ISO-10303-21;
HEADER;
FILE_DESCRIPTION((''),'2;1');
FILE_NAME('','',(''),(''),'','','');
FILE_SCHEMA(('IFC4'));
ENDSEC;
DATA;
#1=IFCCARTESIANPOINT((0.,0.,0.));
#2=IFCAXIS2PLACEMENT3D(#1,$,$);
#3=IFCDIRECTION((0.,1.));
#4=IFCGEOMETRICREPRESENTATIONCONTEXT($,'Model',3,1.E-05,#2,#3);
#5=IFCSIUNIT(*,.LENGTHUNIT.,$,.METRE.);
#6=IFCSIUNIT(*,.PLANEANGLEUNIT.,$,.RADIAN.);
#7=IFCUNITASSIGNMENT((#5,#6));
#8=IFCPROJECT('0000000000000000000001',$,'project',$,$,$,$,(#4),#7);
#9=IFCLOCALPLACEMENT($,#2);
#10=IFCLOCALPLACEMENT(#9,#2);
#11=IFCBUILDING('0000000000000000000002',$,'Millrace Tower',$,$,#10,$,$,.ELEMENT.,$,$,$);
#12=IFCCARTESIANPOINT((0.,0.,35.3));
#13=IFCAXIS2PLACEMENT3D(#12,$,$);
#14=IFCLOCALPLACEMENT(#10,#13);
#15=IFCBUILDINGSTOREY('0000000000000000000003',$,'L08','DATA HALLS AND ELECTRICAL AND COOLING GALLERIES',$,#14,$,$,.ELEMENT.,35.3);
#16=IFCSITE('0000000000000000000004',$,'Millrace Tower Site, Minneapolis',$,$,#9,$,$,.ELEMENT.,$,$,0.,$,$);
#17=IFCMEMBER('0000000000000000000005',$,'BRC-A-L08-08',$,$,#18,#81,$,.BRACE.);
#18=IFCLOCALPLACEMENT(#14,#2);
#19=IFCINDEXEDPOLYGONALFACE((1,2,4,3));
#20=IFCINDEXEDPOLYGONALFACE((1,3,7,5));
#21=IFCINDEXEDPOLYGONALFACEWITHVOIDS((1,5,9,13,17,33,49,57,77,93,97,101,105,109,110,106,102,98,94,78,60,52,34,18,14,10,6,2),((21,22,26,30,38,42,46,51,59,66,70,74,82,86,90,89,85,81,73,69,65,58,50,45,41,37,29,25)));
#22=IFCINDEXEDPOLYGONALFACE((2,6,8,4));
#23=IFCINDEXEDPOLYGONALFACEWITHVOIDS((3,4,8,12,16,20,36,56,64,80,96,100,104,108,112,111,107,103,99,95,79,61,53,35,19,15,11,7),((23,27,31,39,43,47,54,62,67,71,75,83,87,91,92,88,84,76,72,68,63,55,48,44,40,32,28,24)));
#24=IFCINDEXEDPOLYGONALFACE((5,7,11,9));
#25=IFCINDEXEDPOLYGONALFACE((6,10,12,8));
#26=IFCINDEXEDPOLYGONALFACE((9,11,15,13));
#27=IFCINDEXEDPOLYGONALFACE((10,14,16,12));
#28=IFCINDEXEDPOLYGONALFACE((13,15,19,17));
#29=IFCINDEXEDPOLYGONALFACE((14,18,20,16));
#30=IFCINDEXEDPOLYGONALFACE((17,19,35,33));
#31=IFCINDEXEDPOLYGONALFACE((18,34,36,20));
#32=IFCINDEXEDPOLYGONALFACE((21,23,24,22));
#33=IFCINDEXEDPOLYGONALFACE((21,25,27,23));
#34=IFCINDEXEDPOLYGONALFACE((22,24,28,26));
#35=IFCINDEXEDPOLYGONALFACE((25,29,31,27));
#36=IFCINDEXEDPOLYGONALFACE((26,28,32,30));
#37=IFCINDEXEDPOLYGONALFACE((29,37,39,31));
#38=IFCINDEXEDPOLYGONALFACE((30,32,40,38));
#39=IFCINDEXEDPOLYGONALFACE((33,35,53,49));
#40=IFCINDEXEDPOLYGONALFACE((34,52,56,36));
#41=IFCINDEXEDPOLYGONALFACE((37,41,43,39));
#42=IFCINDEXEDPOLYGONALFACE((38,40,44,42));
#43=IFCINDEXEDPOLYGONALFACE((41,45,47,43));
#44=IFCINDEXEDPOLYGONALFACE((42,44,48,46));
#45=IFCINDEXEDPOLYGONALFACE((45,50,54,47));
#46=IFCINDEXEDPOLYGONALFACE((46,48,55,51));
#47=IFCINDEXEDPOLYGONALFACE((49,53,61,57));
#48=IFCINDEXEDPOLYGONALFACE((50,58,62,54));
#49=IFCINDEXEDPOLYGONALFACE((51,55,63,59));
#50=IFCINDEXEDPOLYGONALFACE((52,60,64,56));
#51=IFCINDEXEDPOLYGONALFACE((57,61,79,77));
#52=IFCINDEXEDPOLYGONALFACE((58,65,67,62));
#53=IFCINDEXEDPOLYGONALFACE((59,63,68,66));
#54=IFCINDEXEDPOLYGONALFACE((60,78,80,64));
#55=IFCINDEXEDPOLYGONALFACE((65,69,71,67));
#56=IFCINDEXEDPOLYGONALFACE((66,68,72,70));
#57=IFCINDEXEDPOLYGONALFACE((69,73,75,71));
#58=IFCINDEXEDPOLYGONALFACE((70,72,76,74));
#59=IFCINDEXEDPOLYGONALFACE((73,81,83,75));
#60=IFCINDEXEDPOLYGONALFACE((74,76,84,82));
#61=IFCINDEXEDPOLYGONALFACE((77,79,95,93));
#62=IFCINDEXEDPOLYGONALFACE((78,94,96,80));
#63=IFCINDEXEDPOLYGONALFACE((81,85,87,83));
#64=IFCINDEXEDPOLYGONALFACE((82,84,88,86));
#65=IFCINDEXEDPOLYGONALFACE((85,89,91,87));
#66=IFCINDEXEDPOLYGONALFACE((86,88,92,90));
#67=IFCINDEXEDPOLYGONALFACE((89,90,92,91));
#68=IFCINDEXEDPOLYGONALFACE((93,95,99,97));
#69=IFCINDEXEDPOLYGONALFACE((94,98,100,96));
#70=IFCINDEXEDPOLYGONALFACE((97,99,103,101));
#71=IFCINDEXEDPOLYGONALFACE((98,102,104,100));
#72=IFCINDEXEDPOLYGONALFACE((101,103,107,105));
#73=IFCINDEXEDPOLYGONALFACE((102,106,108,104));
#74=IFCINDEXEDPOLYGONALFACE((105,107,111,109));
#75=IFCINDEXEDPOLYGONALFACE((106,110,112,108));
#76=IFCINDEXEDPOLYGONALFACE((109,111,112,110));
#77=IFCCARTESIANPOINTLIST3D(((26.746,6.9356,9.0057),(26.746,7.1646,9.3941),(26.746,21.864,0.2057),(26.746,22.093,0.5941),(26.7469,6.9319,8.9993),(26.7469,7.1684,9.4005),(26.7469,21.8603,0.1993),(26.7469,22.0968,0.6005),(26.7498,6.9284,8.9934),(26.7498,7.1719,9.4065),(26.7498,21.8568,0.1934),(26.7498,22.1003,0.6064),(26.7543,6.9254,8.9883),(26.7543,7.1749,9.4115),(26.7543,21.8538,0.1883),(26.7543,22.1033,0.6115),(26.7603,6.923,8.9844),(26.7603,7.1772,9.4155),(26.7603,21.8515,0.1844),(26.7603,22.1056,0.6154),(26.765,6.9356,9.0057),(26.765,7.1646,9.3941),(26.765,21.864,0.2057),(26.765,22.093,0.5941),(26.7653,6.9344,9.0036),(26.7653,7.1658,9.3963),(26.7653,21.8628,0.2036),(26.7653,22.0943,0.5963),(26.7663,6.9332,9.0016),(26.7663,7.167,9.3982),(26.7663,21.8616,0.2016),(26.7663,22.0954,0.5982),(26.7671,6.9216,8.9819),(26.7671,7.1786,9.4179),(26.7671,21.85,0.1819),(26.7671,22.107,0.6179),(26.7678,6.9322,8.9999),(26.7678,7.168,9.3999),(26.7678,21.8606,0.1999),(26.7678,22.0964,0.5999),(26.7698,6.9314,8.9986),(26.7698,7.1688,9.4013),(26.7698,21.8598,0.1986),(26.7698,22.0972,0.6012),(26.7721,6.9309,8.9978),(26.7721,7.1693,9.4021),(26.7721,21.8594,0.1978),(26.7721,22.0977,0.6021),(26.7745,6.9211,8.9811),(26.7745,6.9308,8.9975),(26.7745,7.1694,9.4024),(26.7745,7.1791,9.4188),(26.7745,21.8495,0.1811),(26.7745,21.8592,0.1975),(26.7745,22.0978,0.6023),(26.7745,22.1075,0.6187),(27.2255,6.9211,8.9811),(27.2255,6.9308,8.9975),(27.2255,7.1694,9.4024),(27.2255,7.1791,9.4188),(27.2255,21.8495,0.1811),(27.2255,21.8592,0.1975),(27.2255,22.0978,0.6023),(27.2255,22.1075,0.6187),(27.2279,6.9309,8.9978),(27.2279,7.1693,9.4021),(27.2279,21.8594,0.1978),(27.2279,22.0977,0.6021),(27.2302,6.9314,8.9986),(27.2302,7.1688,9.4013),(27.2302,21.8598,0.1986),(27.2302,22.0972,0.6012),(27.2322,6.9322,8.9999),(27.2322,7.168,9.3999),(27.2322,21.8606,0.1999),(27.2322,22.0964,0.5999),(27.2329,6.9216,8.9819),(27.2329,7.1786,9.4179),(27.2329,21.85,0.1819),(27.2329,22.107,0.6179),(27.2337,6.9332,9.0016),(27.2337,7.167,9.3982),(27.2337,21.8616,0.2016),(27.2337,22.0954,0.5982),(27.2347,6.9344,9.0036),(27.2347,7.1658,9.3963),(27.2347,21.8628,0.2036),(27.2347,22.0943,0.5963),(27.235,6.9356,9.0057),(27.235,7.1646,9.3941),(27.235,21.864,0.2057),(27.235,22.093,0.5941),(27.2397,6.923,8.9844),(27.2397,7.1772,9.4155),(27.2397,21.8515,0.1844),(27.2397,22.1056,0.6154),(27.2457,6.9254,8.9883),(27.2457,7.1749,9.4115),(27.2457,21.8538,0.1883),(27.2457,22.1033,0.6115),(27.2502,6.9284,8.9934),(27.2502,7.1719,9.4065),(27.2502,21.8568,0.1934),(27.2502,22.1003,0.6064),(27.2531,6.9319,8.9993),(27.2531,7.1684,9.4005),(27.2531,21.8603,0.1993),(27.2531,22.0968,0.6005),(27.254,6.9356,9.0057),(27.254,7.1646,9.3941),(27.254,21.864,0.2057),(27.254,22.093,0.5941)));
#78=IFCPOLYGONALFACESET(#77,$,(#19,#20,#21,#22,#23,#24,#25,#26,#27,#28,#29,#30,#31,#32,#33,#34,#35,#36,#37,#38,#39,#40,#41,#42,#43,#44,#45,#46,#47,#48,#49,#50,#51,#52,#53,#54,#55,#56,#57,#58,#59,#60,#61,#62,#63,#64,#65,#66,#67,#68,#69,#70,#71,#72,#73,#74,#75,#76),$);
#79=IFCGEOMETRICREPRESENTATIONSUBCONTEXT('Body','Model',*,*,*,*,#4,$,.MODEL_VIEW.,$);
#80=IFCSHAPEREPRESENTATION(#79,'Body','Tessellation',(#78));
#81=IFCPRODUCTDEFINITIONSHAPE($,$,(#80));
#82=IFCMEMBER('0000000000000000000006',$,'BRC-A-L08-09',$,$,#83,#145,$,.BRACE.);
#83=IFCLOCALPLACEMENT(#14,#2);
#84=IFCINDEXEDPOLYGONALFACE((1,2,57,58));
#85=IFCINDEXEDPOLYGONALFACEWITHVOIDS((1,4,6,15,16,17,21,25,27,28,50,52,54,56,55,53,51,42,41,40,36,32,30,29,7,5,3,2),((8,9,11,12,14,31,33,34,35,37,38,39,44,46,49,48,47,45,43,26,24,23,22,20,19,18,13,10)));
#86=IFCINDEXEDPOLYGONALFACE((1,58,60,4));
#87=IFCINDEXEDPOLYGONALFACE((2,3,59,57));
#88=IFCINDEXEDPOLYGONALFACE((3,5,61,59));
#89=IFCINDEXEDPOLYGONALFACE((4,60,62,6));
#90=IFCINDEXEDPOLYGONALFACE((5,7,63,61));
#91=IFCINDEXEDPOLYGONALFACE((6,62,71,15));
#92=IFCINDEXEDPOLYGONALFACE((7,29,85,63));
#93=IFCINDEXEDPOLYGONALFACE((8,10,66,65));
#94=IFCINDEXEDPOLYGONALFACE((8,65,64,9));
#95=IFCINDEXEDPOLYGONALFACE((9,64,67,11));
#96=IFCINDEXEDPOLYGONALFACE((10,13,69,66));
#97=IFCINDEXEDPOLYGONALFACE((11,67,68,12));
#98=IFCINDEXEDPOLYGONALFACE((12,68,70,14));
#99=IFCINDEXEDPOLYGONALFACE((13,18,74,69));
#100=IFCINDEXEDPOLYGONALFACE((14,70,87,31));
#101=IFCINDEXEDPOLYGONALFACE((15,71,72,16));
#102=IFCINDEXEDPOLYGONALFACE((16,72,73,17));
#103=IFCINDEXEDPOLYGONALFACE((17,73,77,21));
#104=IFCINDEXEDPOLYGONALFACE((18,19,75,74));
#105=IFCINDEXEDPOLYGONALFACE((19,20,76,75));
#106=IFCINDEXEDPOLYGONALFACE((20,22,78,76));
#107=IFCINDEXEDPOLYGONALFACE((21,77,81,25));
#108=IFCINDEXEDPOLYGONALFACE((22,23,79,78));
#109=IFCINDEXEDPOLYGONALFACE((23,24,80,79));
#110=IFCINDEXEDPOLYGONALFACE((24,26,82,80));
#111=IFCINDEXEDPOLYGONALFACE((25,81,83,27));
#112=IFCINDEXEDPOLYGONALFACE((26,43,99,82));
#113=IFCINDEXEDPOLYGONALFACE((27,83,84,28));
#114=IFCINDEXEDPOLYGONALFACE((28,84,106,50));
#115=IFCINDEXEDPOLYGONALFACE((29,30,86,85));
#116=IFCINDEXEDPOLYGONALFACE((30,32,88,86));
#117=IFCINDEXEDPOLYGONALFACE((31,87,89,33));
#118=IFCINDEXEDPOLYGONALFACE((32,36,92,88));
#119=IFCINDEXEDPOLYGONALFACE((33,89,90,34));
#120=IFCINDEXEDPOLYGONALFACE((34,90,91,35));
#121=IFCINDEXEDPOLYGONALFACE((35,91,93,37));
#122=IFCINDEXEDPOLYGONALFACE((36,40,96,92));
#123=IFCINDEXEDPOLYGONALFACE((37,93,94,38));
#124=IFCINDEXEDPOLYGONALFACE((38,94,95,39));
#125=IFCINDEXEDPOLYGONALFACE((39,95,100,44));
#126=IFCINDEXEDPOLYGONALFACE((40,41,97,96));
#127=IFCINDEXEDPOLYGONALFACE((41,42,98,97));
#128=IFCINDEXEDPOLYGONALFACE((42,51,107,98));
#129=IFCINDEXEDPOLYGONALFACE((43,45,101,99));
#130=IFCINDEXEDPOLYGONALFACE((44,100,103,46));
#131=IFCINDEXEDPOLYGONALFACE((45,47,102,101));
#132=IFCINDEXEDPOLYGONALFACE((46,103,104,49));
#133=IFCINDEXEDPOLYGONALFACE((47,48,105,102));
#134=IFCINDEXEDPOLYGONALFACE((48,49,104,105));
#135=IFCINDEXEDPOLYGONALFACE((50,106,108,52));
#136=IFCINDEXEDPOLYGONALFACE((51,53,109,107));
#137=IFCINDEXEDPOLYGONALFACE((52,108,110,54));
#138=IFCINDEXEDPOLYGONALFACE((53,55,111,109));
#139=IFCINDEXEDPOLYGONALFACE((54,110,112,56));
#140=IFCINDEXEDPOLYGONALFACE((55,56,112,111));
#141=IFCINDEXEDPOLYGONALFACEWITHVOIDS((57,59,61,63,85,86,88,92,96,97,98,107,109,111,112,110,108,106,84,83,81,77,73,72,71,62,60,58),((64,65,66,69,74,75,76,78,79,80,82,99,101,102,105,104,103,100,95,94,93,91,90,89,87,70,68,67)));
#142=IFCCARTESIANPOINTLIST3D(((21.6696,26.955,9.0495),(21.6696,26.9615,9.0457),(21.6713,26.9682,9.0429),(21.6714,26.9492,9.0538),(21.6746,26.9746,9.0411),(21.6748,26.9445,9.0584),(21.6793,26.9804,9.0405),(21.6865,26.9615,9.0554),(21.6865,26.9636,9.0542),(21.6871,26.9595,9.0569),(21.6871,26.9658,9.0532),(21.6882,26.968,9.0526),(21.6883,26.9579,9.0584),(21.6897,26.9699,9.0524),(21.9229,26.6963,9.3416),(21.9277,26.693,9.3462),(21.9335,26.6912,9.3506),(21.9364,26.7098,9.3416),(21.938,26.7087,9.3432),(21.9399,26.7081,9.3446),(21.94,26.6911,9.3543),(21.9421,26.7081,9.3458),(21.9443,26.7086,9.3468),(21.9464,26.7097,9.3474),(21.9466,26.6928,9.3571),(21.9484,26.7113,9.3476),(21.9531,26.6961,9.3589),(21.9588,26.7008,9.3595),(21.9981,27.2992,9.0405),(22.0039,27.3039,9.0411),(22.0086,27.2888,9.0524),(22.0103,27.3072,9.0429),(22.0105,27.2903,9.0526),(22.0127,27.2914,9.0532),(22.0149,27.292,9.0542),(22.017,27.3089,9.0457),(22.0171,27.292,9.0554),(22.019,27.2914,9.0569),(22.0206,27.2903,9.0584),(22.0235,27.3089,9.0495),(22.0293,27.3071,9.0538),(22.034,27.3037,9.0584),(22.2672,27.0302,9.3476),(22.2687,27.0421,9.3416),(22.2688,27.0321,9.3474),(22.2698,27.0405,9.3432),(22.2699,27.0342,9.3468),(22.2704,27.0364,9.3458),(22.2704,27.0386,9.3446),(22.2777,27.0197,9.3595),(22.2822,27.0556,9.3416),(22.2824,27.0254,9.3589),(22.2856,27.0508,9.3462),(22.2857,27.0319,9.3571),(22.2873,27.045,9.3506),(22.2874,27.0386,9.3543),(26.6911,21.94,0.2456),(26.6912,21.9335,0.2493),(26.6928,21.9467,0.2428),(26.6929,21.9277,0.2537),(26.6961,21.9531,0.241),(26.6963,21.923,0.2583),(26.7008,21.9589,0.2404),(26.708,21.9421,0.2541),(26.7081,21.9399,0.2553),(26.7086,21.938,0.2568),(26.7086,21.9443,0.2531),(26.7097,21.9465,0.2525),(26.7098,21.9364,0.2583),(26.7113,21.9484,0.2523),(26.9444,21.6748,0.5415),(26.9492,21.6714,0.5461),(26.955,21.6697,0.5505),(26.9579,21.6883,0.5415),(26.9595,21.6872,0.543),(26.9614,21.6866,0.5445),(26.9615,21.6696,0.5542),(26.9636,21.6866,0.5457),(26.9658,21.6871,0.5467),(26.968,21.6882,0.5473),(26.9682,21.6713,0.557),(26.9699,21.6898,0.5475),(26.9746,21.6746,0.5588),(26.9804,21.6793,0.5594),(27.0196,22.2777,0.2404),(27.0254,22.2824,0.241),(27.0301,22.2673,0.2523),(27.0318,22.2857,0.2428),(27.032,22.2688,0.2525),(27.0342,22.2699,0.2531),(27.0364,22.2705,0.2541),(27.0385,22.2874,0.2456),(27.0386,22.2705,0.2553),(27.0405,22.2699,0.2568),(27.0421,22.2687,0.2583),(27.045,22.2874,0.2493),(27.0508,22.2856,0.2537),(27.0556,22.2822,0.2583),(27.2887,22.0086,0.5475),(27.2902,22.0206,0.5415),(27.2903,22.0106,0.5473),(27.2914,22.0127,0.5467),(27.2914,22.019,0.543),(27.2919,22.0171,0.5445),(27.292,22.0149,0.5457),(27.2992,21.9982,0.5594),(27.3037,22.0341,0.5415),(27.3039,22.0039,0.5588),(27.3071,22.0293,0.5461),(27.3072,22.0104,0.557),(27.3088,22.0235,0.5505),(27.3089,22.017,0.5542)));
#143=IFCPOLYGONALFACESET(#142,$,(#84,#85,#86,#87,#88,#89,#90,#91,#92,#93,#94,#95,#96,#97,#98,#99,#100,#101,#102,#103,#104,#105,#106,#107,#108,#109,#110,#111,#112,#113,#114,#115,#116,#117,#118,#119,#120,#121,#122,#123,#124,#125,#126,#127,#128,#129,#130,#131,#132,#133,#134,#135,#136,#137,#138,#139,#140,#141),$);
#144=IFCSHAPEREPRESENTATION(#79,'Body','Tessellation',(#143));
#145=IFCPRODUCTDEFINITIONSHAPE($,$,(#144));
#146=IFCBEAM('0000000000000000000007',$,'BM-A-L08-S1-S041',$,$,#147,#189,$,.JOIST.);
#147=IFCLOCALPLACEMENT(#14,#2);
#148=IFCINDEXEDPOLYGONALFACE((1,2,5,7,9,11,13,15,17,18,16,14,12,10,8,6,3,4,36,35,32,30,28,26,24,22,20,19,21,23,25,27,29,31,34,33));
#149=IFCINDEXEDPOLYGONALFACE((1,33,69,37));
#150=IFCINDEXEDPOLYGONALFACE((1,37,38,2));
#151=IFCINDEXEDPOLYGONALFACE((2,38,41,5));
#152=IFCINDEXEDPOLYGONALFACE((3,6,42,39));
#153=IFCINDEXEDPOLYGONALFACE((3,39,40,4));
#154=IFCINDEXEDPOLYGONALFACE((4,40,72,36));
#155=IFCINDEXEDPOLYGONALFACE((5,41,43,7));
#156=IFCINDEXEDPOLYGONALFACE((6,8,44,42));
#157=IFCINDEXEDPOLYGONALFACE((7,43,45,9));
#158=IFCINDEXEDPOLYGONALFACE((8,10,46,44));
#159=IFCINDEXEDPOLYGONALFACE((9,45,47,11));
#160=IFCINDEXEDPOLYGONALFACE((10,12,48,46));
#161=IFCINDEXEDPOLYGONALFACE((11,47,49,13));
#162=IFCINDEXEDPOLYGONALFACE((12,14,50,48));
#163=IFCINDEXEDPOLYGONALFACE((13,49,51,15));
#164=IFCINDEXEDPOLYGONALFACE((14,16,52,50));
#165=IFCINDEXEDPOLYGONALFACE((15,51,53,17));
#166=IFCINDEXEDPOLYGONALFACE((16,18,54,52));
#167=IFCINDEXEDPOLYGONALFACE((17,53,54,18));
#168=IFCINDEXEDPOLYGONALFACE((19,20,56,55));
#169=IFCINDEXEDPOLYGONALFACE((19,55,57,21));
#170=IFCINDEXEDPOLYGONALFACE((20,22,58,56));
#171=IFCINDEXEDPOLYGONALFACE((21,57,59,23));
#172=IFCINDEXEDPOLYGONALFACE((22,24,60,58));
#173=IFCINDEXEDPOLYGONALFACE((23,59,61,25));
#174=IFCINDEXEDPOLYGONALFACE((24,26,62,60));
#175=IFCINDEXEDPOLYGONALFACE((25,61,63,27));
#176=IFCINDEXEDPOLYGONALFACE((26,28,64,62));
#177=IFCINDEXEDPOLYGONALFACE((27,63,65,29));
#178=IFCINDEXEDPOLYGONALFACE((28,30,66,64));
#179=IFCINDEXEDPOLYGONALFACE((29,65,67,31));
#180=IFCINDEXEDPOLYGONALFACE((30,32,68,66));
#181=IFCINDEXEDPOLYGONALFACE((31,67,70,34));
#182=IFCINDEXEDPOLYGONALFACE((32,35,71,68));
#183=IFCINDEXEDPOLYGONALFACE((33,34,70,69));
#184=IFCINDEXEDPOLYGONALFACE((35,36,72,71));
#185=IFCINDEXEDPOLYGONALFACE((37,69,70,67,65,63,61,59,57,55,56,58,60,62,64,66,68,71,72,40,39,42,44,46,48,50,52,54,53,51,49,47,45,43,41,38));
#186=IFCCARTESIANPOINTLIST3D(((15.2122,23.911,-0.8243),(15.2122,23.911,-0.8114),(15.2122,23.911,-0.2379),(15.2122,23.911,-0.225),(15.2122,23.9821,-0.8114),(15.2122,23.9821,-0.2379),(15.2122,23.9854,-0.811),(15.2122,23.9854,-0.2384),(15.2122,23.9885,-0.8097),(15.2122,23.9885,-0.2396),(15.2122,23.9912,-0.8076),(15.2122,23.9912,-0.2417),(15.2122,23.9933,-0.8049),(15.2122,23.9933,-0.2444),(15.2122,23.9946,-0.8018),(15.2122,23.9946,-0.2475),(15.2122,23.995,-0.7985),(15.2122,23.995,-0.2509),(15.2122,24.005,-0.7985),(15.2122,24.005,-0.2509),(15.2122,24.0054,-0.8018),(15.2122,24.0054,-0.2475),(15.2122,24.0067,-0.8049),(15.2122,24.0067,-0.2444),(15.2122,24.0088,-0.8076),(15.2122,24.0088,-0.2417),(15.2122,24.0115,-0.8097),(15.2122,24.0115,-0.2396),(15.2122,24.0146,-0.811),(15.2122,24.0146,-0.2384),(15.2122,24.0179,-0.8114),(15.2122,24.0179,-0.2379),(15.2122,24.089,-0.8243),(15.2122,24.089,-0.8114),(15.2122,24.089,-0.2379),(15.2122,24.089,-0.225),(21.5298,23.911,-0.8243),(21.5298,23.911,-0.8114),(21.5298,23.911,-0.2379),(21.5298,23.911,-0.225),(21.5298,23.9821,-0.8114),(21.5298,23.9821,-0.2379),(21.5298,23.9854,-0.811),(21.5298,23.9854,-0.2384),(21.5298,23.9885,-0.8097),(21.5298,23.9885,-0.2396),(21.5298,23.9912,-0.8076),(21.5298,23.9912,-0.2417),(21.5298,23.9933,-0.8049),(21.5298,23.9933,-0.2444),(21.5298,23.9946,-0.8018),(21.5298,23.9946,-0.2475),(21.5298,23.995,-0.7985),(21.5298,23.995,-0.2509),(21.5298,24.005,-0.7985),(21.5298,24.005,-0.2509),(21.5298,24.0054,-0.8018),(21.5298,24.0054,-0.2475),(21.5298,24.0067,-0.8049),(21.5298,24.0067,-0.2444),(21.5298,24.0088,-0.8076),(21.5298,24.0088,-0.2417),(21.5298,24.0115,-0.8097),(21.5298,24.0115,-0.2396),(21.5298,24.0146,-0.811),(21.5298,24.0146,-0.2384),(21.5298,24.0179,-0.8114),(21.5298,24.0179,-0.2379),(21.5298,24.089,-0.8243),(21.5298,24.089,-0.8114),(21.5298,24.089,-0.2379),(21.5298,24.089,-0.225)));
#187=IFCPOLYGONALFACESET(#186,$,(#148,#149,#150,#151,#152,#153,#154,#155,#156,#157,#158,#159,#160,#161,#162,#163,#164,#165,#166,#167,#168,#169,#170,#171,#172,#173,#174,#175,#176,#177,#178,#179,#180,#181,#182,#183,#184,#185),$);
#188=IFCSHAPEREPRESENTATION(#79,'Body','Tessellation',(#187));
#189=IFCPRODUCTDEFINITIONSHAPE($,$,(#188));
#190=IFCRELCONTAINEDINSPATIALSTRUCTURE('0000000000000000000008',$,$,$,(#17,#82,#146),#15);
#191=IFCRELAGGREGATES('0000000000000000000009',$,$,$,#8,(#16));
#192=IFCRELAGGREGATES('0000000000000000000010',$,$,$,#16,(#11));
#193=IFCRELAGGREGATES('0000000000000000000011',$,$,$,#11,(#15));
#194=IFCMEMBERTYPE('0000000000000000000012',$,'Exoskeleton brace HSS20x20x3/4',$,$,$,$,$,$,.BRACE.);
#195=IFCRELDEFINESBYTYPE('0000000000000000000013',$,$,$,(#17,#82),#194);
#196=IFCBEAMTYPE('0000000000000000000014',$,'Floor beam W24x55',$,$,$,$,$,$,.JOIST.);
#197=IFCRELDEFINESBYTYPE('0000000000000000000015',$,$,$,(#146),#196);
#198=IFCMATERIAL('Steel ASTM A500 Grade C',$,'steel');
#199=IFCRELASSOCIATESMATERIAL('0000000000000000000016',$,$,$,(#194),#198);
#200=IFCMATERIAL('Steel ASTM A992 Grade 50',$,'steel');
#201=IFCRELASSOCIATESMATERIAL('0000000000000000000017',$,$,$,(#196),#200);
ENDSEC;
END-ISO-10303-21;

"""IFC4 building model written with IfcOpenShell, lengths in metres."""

from ifc_helpers import new_model, si_unit, direction, frame, origin, origin_2d, place, context, subcontext, project, spatial, hollow_rectangle, i_section, extrude, material, material_profile, profile_set, type_object, element, save


model = new_model("IFC4")

# Units and contexts
model_context = context("Model", 3, precision=1e-05, world=origin(), true_north=direction((0.0, 1.0)))
body_context = subcontext(model_context, "Body", "Model", "MODEL_VIEW")
ifc_project = project(units=[si_unit("LENGTHUNIT", "METRE"), si_unit("PLANEANGLEUNIT", "RADIAN")], contexts=[model_context])

# Site, building, storey
site_placement = place(None, origin())
site = spatial("IfcSite", under=ifc_project, at=site_placement, Name="Millrace Tower Site, Minneapolis", CompositionType="ELEMENT", RefElevation=0.0)
building_placement = place(site_placement, origin())
building = spatial("IfcBuilding", under=site, at=building_placement, Name="Millrace Tower", CompositionType="ELEMENT")
storey_placement = place(building_placement, frame((0.0, 0.0, 35.3)))
storey = spatial("IfcBuildingStorey", under=building, at=storey_placement, Name="L08", Description="DATA HALLS AND ELECTRICAL AND COOLING GALLERIES", CompositionType="ELEMENT", Elevation=35.3)

# Members
ifc_material_1 = material(Name="Steel ASTM A500 Grade C", Category="steel")
ifc_material_profile_1 = material_profile(ifc_material_1, hollow_rectangle(XDim=0.5081, YDim=0.5081, WallThickness=0.019, InnerFilletRadius=0.0095, OuterFilletRadius=0.0286, at=origin_2d()))
ifc_profile_set_1 = profile_set([ifc_material_profile_1], Name="Steel ASTM A500 Grade C")
member_type_1 = type_object("IfcMemberType", Name="Exoskeleton brace HSS20x20x3/4", PredefinedType="BRACE", material=ifc_profile_set_1)
member_1_placement = place(storey_placement, frame((27.0, 21.9785, 0.3999), z_axis=(0.0, -0.861465, 0.507817), x_axis=(1.0, 0.0, 0.0)))
element("IfcMember", 1, at=member_1_placement, inside=storey, type_object=member_type_1, Name="BRC-A-L08-08", PredefinedType="BRACE", context=body_context, shape_type="SweptSolid", body=[
    extrude(hollow_rectangle(XDim=0.5081, YDim=0.5081, WallThickness=0.019, InnerFilletRadius=0.0095, OuterFilletRadius=0.0286, at=origin_2d()), origin(), (0.0, 0.0, 1.0), 17.3291),
])
member_2_placement = place(storey_placement, frame((27.0, 21.9785, 0.3999), z_axis=(-0.444064, 0.444064, 0.778213), x_axis=(-0.707107, -0.707107, 0.0)))
element("IfcMember", 2, at=member_2_placement, inside=storey, type_object=member_type_1, Name="BRC-A-L08-09", PredefinedType="BRACE", context=body_context, shape_type="SweptSolid", body=[
    extrude(hollow_rectangle(XDim=0.5081, YDim=0.5081, WallThickness=0.019, InnerFilletRadius=0.0095, OuterFilletRadius=0.0286, at=origin_2d()), origin(), (0.0, 0.0, 1.0), 11.3081),
])

# Beam
ifc_material_2 = material(Name="Steel ASTM A992 Grade 50", Category="steel")
ifc_material_profile_2 = material_profile(ifc_material_2, i_section(OverallWidth=0.178, OverallDepth=0.5994, WebThickness=0.01, FlangeThickness=0.0129, FilletRadius=0.0129, at=origin_2d()))
ifc_profile_set_2 = profile_set([ifc_material_profile_2], Name="Steel ASTM A992 Grade 50")
beam_type_1 = type_object("IfcBeamType", Name="Floor beam W24x55", PredefinedType="JOIST", material=ifc_profile_set_2)
beam_1_placement = place(storey_placement, frame((15.2122, 24.0, -0.5247), z_axis=(1.0, 0.0, 0.0), x_axis=(0.0, 1.0, 0.0)))
element("IfcBeam", 3, at=beam_1_placement, inside=storey, type_object=beam_type_1, Name="BM-A-L08-S1-S041", PredefinedType="JOIST", context=body_context, shape_type="SweptSolid", body=[
    extrude(i_section(OverallWidth=0.178, OverallDepth=0.5994, WebThickness=0.01, FlangeThickness=0.0129, FilletRadius=0.0129, at=origin_2d()), origin(), (0.0, 0.0, 1.0), 6.3176),
])

save(model, "model.ifc")
